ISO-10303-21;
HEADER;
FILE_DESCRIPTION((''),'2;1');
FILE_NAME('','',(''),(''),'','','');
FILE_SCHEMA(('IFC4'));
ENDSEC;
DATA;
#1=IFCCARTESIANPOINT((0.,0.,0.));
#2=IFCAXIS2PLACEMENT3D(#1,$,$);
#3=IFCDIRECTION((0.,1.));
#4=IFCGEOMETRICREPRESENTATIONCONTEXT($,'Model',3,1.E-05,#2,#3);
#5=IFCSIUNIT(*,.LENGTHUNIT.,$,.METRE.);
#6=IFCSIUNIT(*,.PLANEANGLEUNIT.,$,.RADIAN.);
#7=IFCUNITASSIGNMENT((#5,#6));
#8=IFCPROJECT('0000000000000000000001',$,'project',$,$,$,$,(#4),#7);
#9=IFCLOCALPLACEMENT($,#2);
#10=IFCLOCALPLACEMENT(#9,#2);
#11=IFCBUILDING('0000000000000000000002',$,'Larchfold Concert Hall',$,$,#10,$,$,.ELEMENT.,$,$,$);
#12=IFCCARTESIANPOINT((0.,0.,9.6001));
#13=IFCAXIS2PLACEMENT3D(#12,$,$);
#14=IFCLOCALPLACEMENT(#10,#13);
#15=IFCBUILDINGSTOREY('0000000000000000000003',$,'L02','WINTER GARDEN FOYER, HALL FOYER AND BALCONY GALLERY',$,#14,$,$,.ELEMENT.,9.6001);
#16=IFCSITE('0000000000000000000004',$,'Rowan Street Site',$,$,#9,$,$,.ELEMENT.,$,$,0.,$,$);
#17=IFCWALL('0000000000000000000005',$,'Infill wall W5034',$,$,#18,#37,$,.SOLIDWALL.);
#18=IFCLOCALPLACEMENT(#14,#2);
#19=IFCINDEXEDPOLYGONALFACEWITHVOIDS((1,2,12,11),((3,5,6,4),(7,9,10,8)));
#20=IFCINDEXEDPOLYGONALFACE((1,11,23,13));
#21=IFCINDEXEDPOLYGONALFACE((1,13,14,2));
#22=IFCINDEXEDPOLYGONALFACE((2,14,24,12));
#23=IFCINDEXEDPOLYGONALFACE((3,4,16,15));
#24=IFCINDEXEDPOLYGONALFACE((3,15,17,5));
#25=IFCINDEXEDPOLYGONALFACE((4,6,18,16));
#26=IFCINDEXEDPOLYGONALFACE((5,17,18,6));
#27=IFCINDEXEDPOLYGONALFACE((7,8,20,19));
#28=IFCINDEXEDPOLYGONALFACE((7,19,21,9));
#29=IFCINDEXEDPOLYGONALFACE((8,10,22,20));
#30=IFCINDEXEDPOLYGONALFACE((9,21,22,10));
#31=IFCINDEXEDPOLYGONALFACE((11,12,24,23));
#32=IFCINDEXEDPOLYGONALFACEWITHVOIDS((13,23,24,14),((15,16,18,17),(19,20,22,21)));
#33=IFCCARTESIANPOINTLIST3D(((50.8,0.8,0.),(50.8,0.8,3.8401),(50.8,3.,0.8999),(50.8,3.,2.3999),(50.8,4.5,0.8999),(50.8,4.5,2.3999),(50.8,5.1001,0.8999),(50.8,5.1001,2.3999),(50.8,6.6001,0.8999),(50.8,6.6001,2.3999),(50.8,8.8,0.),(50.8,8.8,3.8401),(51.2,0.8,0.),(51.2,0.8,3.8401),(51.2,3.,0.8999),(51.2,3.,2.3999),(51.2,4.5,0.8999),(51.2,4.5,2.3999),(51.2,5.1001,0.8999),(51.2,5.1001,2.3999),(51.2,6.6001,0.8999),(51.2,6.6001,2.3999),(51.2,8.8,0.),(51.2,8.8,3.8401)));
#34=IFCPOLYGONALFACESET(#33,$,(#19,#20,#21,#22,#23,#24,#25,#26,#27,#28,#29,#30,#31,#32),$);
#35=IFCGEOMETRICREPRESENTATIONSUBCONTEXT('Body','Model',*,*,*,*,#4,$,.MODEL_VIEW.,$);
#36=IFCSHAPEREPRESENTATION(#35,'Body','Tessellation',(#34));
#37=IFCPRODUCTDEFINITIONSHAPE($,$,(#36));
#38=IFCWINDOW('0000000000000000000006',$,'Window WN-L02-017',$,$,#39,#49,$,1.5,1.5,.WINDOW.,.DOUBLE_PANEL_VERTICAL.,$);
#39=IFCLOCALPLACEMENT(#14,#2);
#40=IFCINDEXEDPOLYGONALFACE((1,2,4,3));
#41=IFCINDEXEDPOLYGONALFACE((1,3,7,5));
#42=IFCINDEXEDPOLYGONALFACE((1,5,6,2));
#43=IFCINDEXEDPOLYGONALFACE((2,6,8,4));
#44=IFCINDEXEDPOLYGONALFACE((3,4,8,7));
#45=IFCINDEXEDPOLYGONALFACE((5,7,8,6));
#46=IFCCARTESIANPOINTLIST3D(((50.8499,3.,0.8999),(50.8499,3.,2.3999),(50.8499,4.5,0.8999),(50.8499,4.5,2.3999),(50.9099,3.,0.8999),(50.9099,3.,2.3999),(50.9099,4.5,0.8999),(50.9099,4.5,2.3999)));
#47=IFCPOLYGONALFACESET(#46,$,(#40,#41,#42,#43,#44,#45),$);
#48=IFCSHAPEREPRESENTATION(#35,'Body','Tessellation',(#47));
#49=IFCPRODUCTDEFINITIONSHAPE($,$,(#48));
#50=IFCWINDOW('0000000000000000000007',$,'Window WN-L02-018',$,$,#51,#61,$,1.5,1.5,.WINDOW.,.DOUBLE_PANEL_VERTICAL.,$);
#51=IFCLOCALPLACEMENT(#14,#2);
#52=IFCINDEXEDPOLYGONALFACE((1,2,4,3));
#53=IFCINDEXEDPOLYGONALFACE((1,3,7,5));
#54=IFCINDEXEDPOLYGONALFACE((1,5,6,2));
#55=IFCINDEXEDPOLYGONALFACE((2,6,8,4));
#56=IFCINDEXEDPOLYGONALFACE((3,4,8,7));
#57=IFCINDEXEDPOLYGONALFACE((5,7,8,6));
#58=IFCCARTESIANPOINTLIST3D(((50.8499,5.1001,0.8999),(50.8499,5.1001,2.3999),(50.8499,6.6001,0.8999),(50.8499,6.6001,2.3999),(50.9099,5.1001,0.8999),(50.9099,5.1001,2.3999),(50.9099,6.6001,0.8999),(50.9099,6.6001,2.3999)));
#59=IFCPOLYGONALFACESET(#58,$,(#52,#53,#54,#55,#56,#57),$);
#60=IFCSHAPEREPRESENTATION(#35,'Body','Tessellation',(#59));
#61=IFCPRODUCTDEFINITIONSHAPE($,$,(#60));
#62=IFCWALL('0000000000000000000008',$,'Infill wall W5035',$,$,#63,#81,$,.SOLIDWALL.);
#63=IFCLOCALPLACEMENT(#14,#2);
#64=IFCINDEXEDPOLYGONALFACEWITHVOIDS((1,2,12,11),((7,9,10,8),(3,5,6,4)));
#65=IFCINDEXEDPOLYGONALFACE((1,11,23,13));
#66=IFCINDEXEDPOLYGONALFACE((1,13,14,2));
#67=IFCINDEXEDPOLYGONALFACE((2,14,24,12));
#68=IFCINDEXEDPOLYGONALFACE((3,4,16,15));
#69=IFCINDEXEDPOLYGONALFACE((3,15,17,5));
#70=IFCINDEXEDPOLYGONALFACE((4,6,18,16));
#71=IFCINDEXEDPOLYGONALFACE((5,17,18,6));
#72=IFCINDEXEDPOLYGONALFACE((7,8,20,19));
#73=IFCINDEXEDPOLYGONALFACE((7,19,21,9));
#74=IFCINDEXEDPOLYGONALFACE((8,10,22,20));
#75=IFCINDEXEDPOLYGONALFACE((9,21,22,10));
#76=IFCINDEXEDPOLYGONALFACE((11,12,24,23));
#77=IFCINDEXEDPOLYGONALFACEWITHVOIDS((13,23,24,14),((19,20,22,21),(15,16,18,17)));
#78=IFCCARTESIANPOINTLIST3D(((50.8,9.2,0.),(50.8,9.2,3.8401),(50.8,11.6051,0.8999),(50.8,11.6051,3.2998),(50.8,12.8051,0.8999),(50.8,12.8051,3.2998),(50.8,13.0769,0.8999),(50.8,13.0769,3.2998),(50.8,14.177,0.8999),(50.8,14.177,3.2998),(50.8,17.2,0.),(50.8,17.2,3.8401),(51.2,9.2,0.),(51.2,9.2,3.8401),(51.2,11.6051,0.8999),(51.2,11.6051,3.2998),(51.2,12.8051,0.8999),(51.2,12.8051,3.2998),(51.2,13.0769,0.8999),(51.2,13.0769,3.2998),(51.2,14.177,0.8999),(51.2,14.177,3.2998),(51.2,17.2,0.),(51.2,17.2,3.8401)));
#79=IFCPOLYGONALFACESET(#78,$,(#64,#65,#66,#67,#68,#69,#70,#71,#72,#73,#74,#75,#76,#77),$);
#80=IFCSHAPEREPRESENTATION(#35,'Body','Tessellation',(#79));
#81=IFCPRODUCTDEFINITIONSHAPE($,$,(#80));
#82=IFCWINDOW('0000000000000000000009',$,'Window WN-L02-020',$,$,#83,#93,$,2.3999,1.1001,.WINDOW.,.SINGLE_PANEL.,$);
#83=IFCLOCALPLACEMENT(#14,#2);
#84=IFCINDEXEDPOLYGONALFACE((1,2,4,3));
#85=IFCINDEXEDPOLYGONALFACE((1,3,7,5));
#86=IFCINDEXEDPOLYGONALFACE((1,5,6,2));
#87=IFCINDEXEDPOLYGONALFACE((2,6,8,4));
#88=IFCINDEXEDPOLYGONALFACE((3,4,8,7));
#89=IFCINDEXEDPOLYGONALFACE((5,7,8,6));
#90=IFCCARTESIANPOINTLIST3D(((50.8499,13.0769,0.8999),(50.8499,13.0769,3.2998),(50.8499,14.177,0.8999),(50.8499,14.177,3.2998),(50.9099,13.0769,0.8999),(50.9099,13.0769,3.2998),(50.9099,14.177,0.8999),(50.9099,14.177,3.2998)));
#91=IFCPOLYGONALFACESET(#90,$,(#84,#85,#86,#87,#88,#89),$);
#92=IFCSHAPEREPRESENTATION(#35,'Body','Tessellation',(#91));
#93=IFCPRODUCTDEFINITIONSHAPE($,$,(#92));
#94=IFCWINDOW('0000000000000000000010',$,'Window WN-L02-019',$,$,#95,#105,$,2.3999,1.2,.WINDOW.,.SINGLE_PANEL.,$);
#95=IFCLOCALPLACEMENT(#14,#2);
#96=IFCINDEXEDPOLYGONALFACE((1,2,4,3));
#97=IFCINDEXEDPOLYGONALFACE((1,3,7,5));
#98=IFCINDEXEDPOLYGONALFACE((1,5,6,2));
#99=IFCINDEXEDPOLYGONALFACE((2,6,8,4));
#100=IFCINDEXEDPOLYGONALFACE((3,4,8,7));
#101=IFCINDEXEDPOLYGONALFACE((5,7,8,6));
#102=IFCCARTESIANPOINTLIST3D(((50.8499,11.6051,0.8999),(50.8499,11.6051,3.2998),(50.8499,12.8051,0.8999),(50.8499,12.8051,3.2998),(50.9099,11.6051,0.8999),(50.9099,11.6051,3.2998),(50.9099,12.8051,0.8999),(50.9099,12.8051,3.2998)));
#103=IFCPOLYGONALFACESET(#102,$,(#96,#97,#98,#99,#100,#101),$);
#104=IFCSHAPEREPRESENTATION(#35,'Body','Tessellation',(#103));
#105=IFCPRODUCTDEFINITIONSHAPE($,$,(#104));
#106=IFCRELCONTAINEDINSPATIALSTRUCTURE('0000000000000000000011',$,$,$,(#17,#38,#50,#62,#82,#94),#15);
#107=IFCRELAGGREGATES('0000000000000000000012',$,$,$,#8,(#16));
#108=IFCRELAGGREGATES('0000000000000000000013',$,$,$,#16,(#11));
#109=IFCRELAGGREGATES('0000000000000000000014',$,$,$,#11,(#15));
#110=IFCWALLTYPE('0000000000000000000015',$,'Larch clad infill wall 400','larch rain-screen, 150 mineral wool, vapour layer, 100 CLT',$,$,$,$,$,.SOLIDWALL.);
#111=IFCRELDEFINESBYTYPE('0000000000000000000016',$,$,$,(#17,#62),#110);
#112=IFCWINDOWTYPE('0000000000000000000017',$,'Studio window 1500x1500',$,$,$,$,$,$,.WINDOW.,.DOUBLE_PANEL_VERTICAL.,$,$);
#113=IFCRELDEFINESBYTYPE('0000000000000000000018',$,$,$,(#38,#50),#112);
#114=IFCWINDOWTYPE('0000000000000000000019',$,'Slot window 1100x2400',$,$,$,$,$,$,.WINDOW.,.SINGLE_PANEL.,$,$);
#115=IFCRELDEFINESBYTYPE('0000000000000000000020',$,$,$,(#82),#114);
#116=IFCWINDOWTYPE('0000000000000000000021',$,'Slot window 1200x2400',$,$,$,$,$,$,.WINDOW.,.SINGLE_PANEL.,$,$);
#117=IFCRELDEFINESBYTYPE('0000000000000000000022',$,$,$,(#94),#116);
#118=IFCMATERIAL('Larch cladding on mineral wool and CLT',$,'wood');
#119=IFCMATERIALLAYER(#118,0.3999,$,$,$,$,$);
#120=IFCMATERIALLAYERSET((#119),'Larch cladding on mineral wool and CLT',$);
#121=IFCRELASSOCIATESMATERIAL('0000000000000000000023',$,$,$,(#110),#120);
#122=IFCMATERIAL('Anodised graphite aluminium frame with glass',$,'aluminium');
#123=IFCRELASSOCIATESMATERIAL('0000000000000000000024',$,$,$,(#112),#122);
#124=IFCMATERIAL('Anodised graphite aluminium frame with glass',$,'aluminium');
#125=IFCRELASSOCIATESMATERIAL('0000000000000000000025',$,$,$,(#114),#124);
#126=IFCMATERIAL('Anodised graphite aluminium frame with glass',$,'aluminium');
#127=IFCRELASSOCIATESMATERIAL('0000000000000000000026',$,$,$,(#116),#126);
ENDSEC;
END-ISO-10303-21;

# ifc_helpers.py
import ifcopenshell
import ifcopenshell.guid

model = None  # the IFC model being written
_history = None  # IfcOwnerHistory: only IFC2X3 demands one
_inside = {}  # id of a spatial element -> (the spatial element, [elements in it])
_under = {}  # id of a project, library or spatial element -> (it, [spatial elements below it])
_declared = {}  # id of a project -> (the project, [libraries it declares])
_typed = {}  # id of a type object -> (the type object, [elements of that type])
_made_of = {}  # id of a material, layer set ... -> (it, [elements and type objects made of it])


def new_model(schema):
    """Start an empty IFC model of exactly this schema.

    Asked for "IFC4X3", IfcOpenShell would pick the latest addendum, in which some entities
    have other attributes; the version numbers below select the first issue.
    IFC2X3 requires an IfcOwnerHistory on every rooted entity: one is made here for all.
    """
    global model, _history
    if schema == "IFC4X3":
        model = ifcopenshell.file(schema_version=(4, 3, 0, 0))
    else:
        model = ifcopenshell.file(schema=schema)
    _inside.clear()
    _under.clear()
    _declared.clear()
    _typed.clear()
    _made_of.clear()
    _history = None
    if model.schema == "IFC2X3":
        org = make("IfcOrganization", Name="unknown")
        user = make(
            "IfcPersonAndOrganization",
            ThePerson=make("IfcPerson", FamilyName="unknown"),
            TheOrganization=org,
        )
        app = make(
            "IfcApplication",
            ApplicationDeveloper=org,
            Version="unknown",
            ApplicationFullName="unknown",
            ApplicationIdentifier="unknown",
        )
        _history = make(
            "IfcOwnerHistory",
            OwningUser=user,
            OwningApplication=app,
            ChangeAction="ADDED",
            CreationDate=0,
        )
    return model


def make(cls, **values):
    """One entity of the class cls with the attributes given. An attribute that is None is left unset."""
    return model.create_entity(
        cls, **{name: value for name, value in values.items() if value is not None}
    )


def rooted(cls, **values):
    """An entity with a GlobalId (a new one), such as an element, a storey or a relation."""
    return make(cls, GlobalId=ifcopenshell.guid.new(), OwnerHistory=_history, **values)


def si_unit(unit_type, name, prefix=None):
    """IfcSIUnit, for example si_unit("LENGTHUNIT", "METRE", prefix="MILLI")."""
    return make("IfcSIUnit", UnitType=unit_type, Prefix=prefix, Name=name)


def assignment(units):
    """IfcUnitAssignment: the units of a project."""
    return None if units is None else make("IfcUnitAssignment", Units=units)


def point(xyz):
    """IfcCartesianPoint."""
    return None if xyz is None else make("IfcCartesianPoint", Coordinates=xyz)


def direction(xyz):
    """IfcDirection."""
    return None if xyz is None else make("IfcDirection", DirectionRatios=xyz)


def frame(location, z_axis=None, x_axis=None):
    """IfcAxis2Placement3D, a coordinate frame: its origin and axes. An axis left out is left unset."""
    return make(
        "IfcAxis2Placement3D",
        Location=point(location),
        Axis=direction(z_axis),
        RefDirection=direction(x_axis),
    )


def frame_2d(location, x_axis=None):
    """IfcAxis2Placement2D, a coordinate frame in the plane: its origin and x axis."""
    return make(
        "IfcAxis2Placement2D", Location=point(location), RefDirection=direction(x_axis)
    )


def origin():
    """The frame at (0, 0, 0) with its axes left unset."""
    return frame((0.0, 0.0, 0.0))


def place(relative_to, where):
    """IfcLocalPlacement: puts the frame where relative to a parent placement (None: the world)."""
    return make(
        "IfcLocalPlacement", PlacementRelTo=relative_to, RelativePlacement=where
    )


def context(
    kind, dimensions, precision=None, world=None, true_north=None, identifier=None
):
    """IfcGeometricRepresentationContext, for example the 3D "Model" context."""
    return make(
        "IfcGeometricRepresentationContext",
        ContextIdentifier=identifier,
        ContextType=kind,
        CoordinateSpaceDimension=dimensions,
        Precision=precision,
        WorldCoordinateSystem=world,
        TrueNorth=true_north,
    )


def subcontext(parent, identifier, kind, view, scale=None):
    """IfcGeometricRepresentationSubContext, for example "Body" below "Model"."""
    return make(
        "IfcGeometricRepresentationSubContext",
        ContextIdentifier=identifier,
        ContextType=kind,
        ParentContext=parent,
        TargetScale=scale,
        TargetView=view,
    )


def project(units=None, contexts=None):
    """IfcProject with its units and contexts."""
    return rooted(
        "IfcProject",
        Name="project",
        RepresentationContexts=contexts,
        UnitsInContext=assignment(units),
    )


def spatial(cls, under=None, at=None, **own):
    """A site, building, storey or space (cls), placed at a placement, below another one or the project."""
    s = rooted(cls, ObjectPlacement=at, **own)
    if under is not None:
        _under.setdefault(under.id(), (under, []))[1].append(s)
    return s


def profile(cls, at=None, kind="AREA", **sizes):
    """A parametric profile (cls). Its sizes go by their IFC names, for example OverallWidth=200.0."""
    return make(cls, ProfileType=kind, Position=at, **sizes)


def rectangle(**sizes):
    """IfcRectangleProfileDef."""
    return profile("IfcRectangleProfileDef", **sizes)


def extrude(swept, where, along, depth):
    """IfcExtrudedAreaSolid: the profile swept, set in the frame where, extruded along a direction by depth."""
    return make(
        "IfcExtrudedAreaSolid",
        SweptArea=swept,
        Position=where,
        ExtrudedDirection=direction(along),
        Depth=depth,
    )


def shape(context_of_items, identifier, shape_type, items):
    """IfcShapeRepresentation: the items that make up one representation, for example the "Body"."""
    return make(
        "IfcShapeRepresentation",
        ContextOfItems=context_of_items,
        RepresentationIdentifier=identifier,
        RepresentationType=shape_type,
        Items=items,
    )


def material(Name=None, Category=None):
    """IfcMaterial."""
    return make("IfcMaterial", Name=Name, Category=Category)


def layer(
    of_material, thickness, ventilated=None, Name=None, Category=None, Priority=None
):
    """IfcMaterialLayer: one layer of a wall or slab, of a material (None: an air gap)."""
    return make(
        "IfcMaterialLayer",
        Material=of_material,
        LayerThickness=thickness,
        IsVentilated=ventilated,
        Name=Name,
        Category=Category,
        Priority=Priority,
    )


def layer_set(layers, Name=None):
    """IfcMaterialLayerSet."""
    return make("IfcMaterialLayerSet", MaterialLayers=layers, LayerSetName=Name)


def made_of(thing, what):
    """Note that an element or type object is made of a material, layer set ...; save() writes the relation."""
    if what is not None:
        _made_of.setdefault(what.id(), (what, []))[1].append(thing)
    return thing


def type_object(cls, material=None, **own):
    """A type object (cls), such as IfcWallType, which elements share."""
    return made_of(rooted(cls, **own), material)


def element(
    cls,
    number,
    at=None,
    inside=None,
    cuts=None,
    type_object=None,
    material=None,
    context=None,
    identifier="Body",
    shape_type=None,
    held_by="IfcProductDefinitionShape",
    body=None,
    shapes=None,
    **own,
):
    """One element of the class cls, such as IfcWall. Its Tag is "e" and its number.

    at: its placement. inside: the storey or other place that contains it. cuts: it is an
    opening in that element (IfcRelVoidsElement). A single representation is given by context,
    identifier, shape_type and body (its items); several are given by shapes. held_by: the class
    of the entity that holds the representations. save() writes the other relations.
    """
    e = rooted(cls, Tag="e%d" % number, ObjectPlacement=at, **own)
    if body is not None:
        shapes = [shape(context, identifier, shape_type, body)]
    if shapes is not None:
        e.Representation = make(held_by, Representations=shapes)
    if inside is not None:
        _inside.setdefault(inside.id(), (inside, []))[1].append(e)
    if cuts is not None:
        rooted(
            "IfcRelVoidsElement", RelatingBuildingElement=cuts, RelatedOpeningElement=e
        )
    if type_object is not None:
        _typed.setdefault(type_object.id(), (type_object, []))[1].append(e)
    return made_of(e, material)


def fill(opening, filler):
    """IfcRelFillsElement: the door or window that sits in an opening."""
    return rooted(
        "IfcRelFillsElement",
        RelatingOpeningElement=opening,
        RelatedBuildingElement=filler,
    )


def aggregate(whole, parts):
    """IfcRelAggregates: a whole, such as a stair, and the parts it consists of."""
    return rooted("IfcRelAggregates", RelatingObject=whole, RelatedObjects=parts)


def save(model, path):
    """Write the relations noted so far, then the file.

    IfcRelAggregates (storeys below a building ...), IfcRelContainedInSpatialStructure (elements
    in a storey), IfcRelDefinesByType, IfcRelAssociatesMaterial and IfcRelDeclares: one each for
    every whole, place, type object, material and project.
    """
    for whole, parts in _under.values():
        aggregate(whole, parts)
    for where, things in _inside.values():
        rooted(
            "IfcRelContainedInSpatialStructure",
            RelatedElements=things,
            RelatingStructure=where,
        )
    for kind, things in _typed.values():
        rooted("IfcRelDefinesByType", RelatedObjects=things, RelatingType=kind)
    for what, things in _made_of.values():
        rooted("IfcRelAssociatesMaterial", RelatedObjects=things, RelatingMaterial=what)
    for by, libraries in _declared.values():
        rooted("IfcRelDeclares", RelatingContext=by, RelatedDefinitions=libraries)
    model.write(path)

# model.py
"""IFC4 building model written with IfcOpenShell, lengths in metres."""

from ifc_helpers import new_model, si_unit, direction, frame, frame_2d, origin, place, context, subcontext, project, spatial, rectangle, extrude, material, layer, layer_set, type_object, element, fill, save


model = new_model("IFC4")

# Units and contexts
model_context = context("Model", 3, precision=1e-05, world=origin(), true_north=direction((0.0, 1.0)))
body_context = subcontext(model_context, "Body", "Model", "MODEL_VIEW")
ifc_project = project(units=[si_unit("LENGTHUNIT", "METRE"), si_unit("PLANEANGLEUNIT", "RADIAN")], contexts=[model_context])

# Site, building, storey
site_placement = place(None, origin())
site = spatial("IfcSite", under=ifc_project, at=site_placement, Name="Rowan Street Site", CompositionType="ELEMENT", RefElevation=0.0)
building_placement = place(site_placement, origin())
building = spatial("IfcBuilding", under=site, at=building_placement, Name="Larchfold Concert Hall", CompositionType="ELEMENT")
storey_placement = place(building_placement, frame((0.0, 0.0, 9.6001)))
storey = spatial("IfcBuildingStorey", under=building, at=storey_placement, Name="L02", Description="WINTER GARDEN FOYER, HALL FOYER AND BALCONY GALLERY", CompositionType="ELEMENT", Elevation=9.6001)

# Walls, openings, windows
ifc_material_1 = material(Name="Larch cladding on mineral wool and CLT", Category="wood")
ifc_layer_1 = layer(ifc_material_1, 0.3999)
ifc_layer_set_1 = layer_set([ifc_layer_1], Name="Larch cladding on mineral wool and CLT")
wall_type_1 = type_object("IfcWallType", Name="Larch clad infill wall 400", Description="larch rain-screen, 150 mineral wool, vapour layer, 100 CLT", PredefinedType="SOLIDWALL", material=ifc_layer_set_1)
wall_1_placement = place(storey_placement, frame((51.0, 0.8, 0.0), z_axis=(0.0, 0.0, 1.0), x_axis=(0.0, 1.0, 0.0)))
wall_1 = element("IfcWall", 1, at=wall_1_placement, inside=storey, type_object=wall_type_1, Name="Infill wall W5034", PredefinedType="SOLIDWALL", context=body_context, shape_type="SweptSolid", body=[
    extrude(rectangle(XDim=8.0, YDim=0.3999, at=frame_2d((4.0, 0.0))), origin(), (0.0, 0.0, 1.0), 3.8401),
])
opening_1_placement = place(wall_1_placement, frame((2.2, 0.0, 0.8999)))
opening_1 = element("IfcOpeningElement", 2, at=opening_1_placement, cuts=wall_1, PredefinedType="OPENING", context=body_context, shape_type="SweptSolid", body=[
    extrude(rectangle(XDim=1.5, YDim=1.5, at=frame_2d((0.75, 0.75))), frame((0.0, 0.21, 0.0), z_axis=(0.0, -1.0, 0.0), x_axis=(1.0, 0.0, 0.0)), (0.0, 0.0, 1.0), 0.4199),
])
opening_2_placement = place(wall_1_placement, frame((4.3, 0.0, 0.8999)))
opening_2 = element("IfcOpeningElement", 3, at=opening_2_placement, cuts=wall_1, PredefinedType="OPENING", context=body_context, shape_type="SweptSolid", body=[
    extrude(rectangle(XDim=1.5, YDim=1.5, at=frame_2d((0.75, 0.75))), frame((0.0, 0.21, 0.0), z_axis=(0.0, -1.0, 0.0), x_axis=(1.0, 0.0, 0.0)), (0.0, 0.0, 1.0), 0.4199),
])
ifc_material_2 = material(Name="Anodised graphite aluminium frame with glass", Category="aluminium")
window_type_1 = type_object("IfcWindowType", Name="Studio window 1500x1500", PartitioningType="DOUBLE_PANEL_VERTICAL", PredefinedType="WINDOW", material=ifc_material_2)
window_1_placement = place(opening_1_placement, origin())
window_1 = element("IfcWindow", 4, at=window_1_placement, inside=storey, type_object=window_type_1, Name="Window WN-L02-017", OverallHeight=1.5, OverallWidth=1.5, PartitioningType="DOUBLE_PANEL_VERTICAL", PredefinedType="WINDOW", context=body_context, shape_type="SweptSolid", body=[
    extrude(rectangle(XDim=1.5, YDim=1.5, at=frame_2d((0.75, 0.75))), frame((0.0, 0.1501, 0.0), z_axis=(0.0, -1.0, 0.0), x_axis=(1.0, 0.0, 0.0)), (0.0, 0.0, 1.0), 0.0601),
])
fill(opening_1, window_1)
window_2_placement = place(opening_2_placement, origin())
window_2 = element("IfcWindow", 5, at=window_2_placement, inside=storey, type_object=window_type_1, Name="Window WN-L02-018", OverallHeight=1.5, OverallWidth=1.5, PartitioningType="DOUBLE_PANEL_VERTICAL", PredefinedType="WINDOW", context=body_context, shape_type="SweptSolid", body=[
    extrude(rectangle(XDim=1.5, YDim=1.5, at=frame_2d((0.75, 0.75))), frame((0.0, 0.1501, 0.0), z_axis=(0.0, -1.0, 0.0), x_axis=(1.0, 0.0, 0.0)), (0.0, 0.0, 1.0), 0.0601),
])
fill(opening_2, window_2)
wall_2_placement = place(storey_placement, frame((51.0, 9.2, 0.0), z_axis=(0.0, 0.0, 1.0), x_axis=(0.0, 1.0, 0.0)))
wall_2 = element("IfcWall", 6, at=wall_2_placement, inside=storey, type_object=wall_type_1, Name="Infill wall W5035", PredefinedType="SOLIDWALL", context=body_context, shape_type="SweptSolid", body=[
    extrude(rectangle(XDim=8.0, YDim=0.3999, at=frame_2d((4.0, 0.0))), origin(), (0.0, 0.0, 1.0), 3.8401),
])
opening_3_placement = place(wall_2_placement, frame((2.405, 0.0, 0.8999)))
opening_3 = element("IfcOpeningElement", 7, at=opening_3_placement, cuts=wall_2, PredefinedType="OPENING", context=body_context, shape_type="SweptSolid", body=[
    extrude(rectangle(XDim=1.2, YDim=2.3999, at=frame_2d((0.6001, 1.2))), frame((0.0, 0.21, 0.0), z_axis=(0.0, -1.0, 0.0), x_axis=(1.0, 0.0, 0.0)), (0.0, 0.0, 1.0), 0.4199),
])
opening_4_placement = place(wall_2_placement, frame((3.877, 0.0, 0.8999)))
opening_4 = element("IfcOpeningElement", 8, at=opening_4_placement, cuts=wall_2, PredefinedType="OPENING", context=body_context, shape_type="SweptSolid", body=[
    extrude(rectangle(XDim=1.1001, YDim=2.3999, at=frame_2d((0.55, 1.2))), frame((0.0, 0.21, 0.0), z_axis=(0.0, -1.0, 0.0), x_axis=(1.0, 0.0, 0.0)), (0.0, 0.0, 1.0), 0.4199),
])
ifc_material_3 = material(Name="Anodised graphite aluminium frame with glass", Category="aluminium")
window_type_2 = type_object("IfcWindowType", Name="Slot window 1100x2400", PartitioningType="SINGLE_PANEL", PredefinedType="WINDOW", material=ifc_material_3)
window_3_placement = place(opening_4_placement, origin())
window_3 = element("IfcWindow", 9, at=window_3_placement, inside=storey, type_object=window_type_2, Name="Window WN-L02-020", OverallHeight=2.3999, OverallWidth=1.1001, PartitioningType="SINGLE_PANEL", PredefinedType="WINDOW", context=body_context, shape_type="SweptSolid", body=[
    extrude(rectangle(XDim=1.1001, YDim=2.3999, at=frame_2d((0.55, 1.2))), frame((0.0, 0.1501, 0.0), z_axis=(0.0, -1.0, 0.0), x_axis=(1.0, 0.0, 0.0)), (0.0, 0.0, 1.0), 0.0601),
])
fill(opening_4, window_3)
ifc_material_4 = material(Name="Anodised graphite aluminium frame with glass", Category="aluminium")
window_type_3 = type_object("IfcWindowType", Name="Slot window 1200x2400", PartitioningType="SINGLE_PANEL", PredefinedType="WINDOW", material=ifc_material_4)
window_4_placement = place(opening_3_placement, origin())
window_4 = element("IfcWindow", 10, at=window_4_placement, inside=storey, type_object=window_type_3, Name="Window WN-L02-019", OverallHeight=2.3999, OverallWidth=1.2, PartitioningType="SINGLE_PANEL", PredefinedType="WINDOW", context=body_context, shape_type="SweptSolid", body=[
    extrude(rectangle(XDim=1.2, YDim=2.3999, at=frame_2d((0.6001, 1.2))), frame((0.0, 0.1501, 0.0), z_axis=(0.0, -1.0, 0.0), x_axis=(1.0, 0.0, 0.0)), (0.0, 0.0, 1.0), 0.0601),
])
fill(opening_3, window_4)

save(model, "model.ifc")
